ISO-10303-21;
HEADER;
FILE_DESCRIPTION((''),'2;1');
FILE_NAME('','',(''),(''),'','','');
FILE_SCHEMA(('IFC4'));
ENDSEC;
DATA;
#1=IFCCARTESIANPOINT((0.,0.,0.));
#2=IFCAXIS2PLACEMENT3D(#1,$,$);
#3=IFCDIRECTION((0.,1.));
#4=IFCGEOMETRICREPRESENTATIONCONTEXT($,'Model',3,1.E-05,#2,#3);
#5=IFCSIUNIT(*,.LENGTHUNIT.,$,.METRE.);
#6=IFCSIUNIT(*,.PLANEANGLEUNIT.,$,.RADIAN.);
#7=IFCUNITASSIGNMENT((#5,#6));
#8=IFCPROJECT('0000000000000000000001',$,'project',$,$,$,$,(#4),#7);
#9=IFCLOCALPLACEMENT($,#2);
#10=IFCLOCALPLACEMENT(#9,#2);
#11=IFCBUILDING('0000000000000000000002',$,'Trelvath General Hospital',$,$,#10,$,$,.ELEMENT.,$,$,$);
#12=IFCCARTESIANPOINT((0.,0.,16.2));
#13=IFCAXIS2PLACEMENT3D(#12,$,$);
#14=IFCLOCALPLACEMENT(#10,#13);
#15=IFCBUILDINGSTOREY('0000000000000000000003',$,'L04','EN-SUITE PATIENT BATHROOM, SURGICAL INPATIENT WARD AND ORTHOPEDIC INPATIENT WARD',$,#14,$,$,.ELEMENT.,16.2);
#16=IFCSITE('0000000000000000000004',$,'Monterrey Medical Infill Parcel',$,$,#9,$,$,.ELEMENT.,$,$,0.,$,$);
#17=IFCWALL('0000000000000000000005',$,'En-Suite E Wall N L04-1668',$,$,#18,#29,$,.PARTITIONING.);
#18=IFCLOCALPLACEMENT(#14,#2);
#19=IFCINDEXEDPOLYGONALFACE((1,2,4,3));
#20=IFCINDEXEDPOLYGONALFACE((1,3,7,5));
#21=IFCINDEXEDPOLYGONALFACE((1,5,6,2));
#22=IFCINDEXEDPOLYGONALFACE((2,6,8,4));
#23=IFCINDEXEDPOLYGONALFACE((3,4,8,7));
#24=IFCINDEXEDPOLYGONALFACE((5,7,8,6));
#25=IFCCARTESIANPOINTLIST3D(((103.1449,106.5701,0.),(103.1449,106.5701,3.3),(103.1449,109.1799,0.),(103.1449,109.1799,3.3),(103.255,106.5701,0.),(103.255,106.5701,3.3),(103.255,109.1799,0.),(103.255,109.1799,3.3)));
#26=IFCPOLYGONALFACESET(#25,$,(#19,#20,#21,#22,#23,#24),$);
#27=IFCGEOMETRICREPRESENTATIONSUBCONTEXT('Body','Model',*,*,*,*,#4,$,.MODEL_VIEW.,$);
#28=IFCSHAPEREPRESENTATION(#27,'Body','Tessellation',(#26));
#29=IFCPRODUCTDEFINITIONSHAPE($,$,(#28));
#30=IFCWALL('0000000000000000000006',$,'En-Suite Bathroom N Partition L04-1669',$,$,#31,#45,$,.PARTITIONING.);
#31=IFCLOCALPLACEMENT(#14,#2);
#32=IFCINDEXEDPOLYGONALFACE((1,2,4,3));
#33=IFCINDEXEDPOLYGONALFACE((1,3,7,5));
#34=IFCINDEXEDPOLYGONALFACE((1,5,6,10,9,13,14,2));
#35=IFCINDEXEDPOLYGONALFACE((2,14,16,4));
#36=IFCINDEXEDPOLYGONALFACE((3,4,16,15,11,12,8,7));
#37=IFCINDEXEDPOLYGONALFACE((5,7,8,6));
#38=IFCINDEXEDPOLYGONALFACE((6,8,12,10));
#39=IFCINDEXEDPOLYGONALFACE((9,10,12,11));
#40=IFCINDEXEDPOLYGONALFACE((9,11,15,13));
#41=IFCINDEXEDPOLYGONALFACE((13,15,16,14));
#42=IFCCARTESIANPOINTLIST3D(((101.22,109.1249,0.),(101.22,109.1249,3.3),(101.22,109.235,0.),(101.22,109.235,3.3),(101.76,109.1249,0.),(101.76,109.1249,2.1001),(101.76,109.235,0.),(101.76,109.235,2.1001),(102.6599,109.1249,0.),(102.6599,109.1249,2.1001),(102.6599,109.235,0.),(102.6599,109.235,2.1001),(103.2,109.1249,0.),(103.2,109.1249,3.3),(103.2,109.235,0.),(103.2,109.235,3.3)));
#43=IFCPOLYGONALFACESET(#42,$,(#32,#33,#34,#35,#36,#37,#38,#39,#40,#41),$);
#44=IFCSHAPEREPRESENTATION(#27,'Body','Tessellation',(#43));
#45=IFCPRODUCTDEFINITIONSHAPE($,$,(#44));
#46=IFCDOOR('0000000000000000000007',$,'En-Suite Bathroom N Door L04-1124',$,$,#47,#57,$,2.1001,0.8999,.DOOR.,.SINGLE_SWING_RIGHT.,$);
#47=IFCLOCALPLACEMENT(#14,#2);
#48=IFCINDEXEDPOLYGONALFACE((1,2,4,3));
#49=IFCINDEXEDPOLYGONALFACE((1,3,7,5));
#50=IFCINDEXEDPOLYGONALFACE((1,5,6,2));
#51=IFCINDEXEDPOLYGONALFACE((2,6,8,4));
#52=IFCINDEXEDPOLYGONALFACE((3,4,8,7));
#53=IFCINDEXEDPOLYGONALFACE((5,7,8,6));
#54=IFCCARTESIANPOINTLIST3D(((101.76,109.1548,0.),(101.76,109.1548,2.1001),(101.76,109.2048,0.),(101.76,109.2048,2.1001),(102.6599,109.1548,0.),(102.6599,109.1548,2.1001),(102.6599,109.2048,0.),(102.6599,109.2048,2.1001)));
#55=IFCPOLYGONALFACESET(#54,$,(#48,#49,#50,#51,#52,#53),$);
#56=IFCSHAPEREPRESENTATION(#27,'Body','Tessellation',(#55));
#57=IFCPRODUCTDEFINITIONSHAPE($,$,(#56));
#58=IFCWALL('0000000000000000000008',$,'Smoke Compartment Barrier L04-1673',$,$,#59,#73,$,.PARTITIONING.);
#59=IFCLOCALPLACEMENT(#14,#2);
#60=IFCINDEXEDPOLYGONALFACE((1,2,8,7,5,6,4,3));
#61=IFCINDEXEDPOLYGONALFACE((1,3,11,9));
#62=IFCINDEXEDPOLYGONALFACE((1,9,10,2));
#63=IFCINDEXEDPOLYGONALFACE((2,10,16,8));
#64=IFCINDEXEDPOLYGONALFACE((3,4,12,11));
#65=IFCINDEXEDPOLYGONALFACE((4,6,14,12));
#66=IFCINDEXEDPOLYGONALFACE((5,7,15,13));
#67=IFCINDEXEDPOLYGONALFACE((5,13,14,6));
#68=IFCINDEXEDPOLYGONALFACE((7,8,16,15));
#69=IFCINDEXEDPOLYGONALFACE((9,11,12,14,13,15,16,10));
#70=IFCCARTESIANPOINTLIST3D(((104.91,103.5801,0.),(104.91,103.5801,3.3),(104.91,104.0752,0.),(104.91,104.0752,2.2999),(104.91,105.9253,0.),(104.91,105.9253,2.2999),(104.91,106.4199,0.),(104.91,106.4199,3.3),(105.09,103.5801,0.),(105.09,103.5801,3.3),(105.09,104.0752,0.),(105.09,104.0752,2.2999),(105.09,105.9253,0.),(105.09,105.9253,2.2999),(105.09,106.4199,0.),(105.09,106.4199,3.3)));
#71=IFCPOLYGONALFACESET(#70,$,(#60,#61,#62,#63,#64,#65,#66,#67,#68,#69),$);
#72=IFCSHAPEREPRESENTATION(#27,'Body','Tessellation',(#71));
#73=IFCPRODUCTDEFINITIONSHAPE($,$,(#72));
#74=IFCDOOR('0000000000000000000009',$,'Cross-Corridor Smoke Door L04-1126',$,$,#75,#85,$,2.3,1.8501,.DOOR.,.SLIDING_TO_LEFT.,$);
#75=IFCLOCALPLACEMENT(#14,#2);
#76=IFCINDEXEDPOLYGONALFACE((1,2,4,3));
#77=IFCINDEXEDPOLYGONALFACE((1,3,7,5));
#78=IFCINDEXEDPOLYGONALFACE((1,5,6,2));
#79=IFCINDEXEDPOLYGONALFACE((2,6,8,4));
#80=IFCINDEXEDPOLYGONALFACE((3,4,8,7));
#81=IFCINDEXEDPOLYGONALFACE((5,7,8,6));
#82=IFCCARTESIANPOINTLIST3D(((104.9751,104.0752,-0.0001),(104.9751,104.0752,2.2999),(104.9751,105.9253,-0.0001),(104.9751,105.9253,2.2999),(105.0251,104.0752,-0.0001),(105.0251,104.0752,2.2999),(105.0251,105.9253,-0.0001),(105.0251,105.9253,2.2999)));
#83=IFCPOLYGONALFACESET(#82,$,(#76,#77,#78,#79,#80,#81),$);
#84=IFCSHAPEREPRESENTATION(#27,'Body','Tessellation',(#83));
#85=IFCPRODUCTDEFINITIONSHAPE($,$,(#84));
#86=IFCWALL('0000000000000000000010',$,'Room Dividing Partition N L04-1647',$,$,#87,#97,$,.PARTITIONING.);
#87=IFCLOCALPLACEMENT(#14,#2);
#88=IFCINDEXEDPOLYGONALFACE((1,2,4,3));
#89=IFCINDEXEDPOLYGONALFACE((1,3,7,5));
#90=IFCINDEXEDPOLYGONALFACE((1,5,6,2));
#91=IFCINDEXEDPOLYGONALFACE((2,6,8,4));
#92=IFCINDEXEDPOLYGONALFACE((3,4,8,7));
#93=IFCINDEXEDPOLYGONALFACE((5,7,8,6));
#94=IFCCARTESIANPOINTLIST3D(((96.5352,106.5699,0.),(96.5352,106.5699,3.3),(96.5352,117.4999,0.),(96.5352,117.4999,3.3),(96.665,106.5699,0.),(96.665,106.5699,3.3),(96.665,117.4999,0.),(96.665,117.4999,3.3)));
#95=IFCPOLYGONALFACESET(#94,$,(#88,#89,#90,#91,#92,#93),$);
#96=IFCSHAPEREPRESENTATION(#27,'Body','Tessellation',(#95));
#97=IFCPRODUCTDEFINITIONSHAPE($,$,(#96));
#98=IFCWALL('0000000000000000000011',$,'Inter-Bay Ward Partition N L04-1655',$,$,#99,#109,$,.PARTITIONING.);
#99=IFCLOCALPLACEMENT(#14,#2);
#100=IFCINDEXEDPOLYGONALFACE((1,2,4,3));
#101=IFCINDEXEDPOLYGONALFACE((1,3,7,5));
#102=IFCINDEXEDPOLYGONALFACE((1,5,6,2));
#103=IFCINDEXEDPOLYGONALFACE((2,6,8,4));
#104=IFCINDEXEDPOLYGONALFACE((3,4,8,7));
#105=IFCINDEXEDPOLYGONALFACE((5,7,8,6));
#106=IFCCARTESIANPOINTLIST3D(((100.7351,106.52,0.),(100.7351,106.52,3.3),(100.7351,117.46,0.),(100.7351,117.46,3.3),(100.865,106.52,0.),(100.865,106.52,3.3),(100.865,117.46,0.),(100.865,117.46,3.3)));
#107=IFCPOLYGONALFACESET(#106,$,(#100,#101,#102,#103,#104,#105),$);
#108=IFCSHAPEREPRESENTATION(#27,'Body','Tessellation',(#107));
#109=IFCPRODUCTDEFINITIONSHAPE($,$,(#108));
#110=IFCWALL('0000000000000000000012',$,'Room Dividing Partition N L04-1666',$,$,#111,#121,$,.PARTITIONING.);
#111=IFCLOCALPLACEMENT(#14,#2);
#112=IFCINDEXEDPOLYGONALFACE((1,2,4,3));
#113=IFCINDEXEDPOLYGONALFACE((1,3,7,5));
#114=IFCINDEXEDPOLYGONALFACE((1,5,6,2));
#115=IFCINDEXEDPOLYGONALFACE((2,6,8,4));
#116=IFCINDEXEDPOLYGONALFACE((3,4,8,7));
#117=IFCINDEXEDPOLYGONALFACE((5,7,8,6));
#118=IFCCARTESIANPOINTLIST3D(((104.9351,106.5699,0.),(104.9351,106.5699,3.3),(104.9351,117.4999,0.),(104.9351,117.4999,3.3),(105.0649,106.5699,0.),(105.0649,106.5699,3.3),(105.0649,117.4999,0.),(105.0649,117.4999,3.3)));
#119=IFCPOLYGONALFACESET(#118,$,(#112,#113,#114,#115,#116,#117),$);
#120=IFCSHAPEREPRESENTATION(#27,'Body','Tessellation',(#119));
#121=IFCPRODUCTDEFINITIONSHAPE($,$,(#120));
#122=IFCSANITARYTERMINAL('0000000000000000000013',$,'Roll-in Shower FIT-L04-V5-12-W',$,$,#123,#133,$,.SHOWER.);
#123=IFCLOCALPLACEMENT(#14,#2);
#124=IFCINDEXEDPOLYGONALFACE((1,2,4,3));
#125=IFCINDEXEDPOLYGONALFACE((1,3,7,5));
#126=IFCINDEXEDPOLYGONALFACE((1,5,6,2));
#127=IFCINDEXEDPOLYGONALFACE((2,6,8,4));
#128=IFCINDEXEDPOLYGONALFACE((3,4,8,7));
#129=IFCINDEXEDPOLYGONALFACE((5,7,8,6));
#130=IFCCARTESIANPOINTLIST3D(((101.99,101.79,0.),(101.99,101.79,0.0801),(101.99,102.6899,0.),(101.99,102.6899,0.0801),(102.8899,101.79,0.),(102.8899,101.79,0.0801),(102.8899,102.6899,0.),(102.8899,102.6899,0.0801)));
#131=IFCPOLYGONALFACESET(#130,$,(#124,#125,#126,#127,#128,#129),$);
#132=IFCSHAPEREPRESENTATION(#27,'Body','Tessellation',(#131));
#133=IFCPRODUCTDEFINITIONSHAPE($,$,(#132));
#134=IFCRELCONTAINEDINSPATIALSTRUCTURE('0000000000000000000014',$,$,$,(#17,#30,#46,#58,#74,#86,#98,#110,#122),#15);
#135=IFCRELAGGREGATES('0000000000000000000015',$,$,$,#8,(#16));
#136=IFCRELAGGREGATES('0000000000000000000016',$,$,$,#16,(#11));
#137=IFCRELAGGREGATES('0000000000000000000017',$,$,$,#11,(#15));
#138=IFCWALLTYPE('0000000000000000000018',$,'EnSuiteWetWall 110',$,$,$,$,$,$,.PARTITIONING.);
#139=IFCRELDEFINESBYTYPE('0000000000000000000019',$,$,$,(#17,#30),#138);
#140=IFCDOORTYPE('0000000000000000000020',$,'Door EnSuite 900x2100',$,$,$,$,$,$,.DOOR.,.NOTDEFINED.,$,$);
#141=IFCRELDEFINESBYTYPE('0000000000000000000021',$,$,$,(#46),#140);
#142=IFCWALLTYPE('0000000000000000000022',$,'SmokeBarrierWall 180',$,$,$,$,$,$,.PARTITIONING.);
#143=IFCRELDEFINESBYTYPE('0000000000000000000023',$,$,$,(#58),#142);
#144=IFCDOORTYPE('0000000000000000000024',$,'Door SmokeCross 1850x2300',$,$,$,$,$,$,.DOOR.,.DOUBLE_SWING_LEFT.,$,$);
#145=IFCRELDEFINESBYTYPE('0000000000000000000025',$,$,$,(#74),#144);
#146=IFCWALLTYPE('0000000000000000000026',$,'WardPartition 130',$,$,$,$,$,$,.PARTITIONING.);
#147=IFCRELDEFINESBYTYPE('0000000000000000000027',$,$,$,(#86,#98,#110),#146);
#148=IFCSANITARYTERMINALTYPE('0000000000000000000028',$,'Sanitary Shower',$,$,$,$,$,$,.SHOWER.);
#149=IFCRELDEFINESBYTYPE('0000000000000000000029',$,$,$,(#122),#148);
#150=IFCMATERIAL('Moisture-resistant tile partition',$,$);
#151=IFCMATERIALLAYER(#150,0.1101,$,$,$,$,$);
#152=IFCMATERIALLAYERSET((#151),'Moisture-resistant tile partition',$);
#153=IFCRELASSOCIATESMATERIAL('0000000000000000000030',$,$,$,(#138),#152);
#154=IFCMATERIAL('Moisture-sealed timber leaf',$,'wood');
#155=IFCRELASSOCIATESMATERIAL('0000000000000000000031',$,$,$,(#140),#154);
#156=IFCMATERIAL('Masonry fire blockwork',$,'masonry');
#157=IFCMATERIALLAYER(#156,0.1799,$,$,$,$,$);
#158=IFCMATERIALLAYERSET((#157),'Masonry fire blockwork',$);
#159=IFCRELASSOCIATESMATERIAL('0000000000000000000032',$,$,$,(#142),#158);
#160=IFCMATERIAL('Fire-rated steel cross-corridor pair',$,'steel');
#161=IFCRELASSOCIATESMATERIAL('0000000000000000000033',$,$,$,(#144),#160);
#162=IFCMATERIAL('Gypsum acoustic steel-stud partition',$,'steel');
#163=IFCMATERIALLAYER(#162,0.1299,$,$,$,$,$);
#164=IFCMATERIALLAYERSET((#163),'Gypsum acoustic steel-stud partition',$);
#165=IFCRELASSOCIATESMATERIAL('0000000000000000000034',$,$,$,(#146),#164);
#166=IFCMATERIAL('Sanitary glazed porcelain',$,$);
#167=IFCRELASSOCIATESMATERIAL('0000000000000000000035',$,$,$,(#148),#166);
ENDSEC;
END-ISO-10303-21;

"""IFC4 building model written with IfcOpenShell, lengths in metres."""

from ifc_helpers import new_model, si_unit, direction, frame, frame_2d, origin, origin_2d, place, context, subcontext, project, spatial, rectangle, extrude, material, layer, layer_set, type_object, element, fill, save


model = new_model("IFC4")

# Units and contexts
model_context = context("Model", 3, precision=1e-05, world=origin(), true_north=direction((0.0, 1.0)))
body_context = subcontext(model_context, "Body", "Model", "MODEL_VIEW")
ifc_project = project(units=[si_unit("LENGTHUNIT", "METRE"), si_unit("PLANEANGLEUNIT", "RADIAN")], contexts=[model_context])

# Site, building, storey
site_placement = place(None, origin())
site = spatial("IfcSite", under=ifc_project, at=site_placement, Name="Monterrey Medical Infill Parcel", CompositionType="ELEMENT", RefElevation=0.0)
building_placement = place(site_placement, origin())
building = spatial("IfcBuilding", under=site, at=building_placement, Name="Trelvath General Hospital", CompositionType="ELEMENT")
storey_placement = place(building_placement, frame((0.0, 0.0, 16.2)))
storey = spatial("IfcBuildingStorey", under=building, at=storey_placement, Name="L04", Description="EN-SUITE PATIENT BATHROOM, SURGICAL INPATIENT WARD AND ORTHOPEDIC INPATIENT WARD", CompositionType="ELEMENT", Elevation=16.2)

# Shared definitions
ifc_material_1 = material(Name="Moisture-resistant tile partition")
ifc_layer_1 = layer(ifc_material_1, 0.1101)
ifc_layer_set_1 = layer_set([ifc_layer_1], Name="Moisture-resistant tile partition")
wall_type_1 = type_object("IfcWallType", Name="EnSuiteWetWall 110", PredefinedType="PARTITIONING", material=ifc_layer_set_1)

# Shared definitions
ifc_material_2 = material(Name="Moisture-sealed timber leaf", Category="wood")
door_type_1 = type_object("IfcDoorType", Name="Door EnSuite 900x2100", OperationType="NOTDEFINED", PredefinedType="DOOR", material=ifc_material_2)

# Wall
for number, where, z_axis, x_axis, name in (
    (1, (103.2, 106.5701, 0.0), (0.0, 0.0, 1.0), (0.0, 1.0, 0.0), "En-Suite E Wall N L04-1668"),
):
    element("IfcWall", number, at=place(storey_placement, frame(where, z_axis=z_axis, x_axis=x_axis)), inside=storey, type_object=wall_type_1, Name=name, PredefinedType="PARTITIONING", context=body_context, shape_type="SweptSolid", body=[
        extrude(rectangle(XDim=2.6099, YDim=0.1101, at=frame_2d((1.3049, 0.0))), origin(), (0.0, 0.0, 1.0), 3.3),
    ])

# Walls, openings, doors
wall_1_placement = place(storey_placement, frame((101.22, 109.1799, 0.0), z_axis=(0.0, 0.0, 1.0), x_axis=(1.0, 0.0, 0.0)))
wall_1 = element("IfcWall", 2, at=wall_1_placement, inside=storey, type_object=wall_type_1, Name="En-Suite Bathroom N Partition L04-1669", PredefinedType="PARTITIONING", context=body_context, shape_type="SweptSolid", body=[
    extrude(rectangle(XDim=1.98, YDim=0.1101, at=frame_2d((0.99, 0.0))), origin(), (0.0, 0.0, 1.0), 3.3),
])
opening_1_placement = place(wall_1_placement, frame((0.54, 0.0, 0.0)))
opening_1 = element("IfcOpeningElement", 3, at=opening_1_placement, cuts=wall_1, PredefinedType="OPENING", context=body_context, shape_type="SweptSolid", body=[
    extrude(rectangle(XDim=0.8999, YDim=2.1001, at=frame_2d((0.45, 1.05))), frame((0.0, 0.0649, 0.0), z_axis=(0.0, -1.0, 0.0), x_axis=(1.0, 0.0, 0.0)), (0.0, 0.0, 1.0), 0.1301),
])
door_1_placement = place(opening_1_placement, origin())
door_1 = element("IfcDoor", 4, at=door_1_placement, inside=storey, type_object=door_type_1, Name="En-Suite Bathroom N Door L04-1124", OperationType="SINGLE_SWING_RIGHT", OverallHeight=2.1001, OverallWidth=0.8999, PredefinedType="DOOR", context=body_context, shape_type="SweptSolid", body=[
    extrude(rectangle(XDim=0.8999, YDim=2.1001, at=frame_2d((0.45, 1.05))), frame((0.0, 0.0249, 0.0), z_axis=(0.0, -1.0, 0.0), x_axis=(1.0, 0.0, 0.0)), (0.0, 0.0, 1.0), 0.05),
])
fill(opening_1, door_1)
ifc_material_3 = material(Name="Masonry fire blockwork", Category="masonry")
ifc_layer_2 = layer(ifc_material_3, 0.1799)
ifc_layer_set_2 = layer_set([ifc_layer_2], Name="Masonry fire blockwork")
wall_type_2 = type_object("IfcWallType", Name="SmokeBarrierWall 180", PredefinedType="PARTITIONING", material=ifc_layer_set_2)
wall_2_placement = place(storey_placement, frame((105.0, 103.5801, 0.0), z_axis=(0.0, 0.0, 1.0), x_axis=(0.0, 1.0, 0.0)))
wall_2 = element("IfcWall", 5, at=wall_2_placement, inside=storey, type_object=wall_type_2, Name="Smoke Compartment Barrier L04-1673", PredefinedType="PARTITIONING", context=body_context, shape_type="SweptSolid", body=[
    extrude(rectangle(XDim=2.8398, YDim=0.1799, at=frame_2d((1.4199, 0.0))), origin(), (0.0, 0.0, 1.0), 3.3),
])
opening_2_placement = place(wall_2_placement, frame((0.4951, 0.0, 0.0)))
opening_2 = element("IfcOpeningElement", 6, at=opening_2_placement, cuts=wall_2, PredefinedType="OPENING", context=body_context, shape_type="SweptSolid", body=[
    extrude(rectangle(XDim=1.8501, YDim=2.3, at=frame_2d((0.925, 1.1499))), frame((0.0, 0.0999, 0.0), z_axis=(0.0, -1.0, 0.0), x_axis=(1.0, 0.0, 0.0)), (0.0, 0.0, 1.0), 0.2),
])
ifc_material_4 = material(Name="Fire-rated steel cross-corridor pair", Category="steel")
door_type_2 = type_object("IfcDoorType", Name="Door SmokeCross 1850x2300", OperationType="DOUBLE_SWING_LEFT", PredefinedType="DOOR", material=ifc_material_4)
door_2_placement = place(opening_2_placement, origin())
door_2 = element("IfcDoor", 7, at=door_2_placement, inside=storey, type_object=door_type_2, Name="Cross-Corridor Smoke Door L04-1126", OperationType="SLIDING_TO_LEFT", OverallHeight=2.3, OverallWidth=1.8501, PredefinedType="DOOR", context=body_context, shape_type="SweptSolid", body=[
    extrude(rectangle(XDim=1.8501, YDim=2.3, at=frame_2d((0.925, 1.1499))), frame((0.0, 0.0249, 0.0), z_axis=(0.0, -1.0, 0.0), x_axis=(1.0, 0.0, 0.0)), (0.0, 0.0, 1.0), 0.05),
])
fill(opening_2, door_2)

# Walls
ifc_material_5 = material(Name="Gypsum acoustic steel-stud partition", Category="steel")
ifc_layer_3 = layer(ifc_material_5, 0.1299)
ifc_layer_set_3 = layer_set([ifc_layer_3], Name="Gypsum acoustic steel-stud partition")
wall_type_3 = type_object("IfcWallType", Name="WardPartition 130", PredefinedType="PARTITIONING", material=ifc_layer_set_3)
wall_3_placement = place(storey_placement, frame((96.6001, 106.5701, 0.0), z_axis=(0.0, 0.0, 1.0), x_axis=(0.0, 1.0, 0.0)))
element("IfcWall", 8, at=wall_3_placement, inside=storey, type_object=wall_type_3, Name="Room Dividing Partition N L04-1647", PredefinedType="PARTITIONING", context=body_context, shape_type="SweptSolid", body=[
    extrude(rectangle(XDim=10.9299, YDim=0.1299, at=frame_2d((5.4648, 0.0))), origin(), (0.0, 0.0, 1.0), 3.3),
])
wall_4_placement = place(storey_placement, frame((100.8, 106.52, 0.0), z_axis=(0.0, 0.0, 1.0), x_axis=(0.0, 1.0, 0.0)))
element("IfcWall", 9, at=wall_4_placement, inside=storey, type_object=wall_type_3, Name="Inter-Bay Ward Partition N L04-1655", PredefinedType="PARTITIONING", context=body_context, shape_type="SweptSolid", body=[
    extrude(rectangle(XDim=10.9399, YDim=0.1299, at=frame_2d((5.47, 0.0))), origin(), (0.0, 0.0, 1.0), 3.3),
])
wall_5_placement = place(storey_placement, frame((105.0, 106.5701, 0.0), z_axis=(0.0, 0.0, 1.0), x_axis=(0.0, 1.0, 0.0)))
element("IfcWall", 10, at=wall_5_placement, inside=storey, type_object=wall_type_3, Name="Room Dividing Partition N L04-1666", PredefinedType="PARTITIONING", context=body_context, shape_type="SweptSolid", body=[
    extrude(rectangle(XDim=10.9299, YDim=0.1299, at=frame_2d((5.4648, 0.0))), origin(), (0.0, 0.0, 1.0), 3.3),
])

# Sanitary terminal
ifc_material_6 = material(Name="Sanitary glazed porcelain")
sanitary_terminal_type = type_object("IfcSanitaryTerminalType", Name="Sanitary Shower", PredefinedType="SHOWER", material=ifc_material_6)
sanitary_terminal_placement = place(storey_placement, frame((102.4399, 102.24, 0.0), z_axis=(0.0, 0.0, 1.0), x_axis=(1.0, 0.0, 0.0)))
element("IfcSanitaryTerminal", 11, at=sanitary_terminal_placement, inside=storey, type_object=sanitary_terminal_type, Name="Roll-in Shower FIT-L04-V5-12-W", PredefinedType="SHOWER", context=body_context, shape_type="SweptSolid", body=[
    extrude(rectangle(XDim=0.8999, YDim=0.8999, at=origin_2d()), origin(), (0.0, 0.0, 1.0), 0.0801),
])

save(model, "model.ifc")
